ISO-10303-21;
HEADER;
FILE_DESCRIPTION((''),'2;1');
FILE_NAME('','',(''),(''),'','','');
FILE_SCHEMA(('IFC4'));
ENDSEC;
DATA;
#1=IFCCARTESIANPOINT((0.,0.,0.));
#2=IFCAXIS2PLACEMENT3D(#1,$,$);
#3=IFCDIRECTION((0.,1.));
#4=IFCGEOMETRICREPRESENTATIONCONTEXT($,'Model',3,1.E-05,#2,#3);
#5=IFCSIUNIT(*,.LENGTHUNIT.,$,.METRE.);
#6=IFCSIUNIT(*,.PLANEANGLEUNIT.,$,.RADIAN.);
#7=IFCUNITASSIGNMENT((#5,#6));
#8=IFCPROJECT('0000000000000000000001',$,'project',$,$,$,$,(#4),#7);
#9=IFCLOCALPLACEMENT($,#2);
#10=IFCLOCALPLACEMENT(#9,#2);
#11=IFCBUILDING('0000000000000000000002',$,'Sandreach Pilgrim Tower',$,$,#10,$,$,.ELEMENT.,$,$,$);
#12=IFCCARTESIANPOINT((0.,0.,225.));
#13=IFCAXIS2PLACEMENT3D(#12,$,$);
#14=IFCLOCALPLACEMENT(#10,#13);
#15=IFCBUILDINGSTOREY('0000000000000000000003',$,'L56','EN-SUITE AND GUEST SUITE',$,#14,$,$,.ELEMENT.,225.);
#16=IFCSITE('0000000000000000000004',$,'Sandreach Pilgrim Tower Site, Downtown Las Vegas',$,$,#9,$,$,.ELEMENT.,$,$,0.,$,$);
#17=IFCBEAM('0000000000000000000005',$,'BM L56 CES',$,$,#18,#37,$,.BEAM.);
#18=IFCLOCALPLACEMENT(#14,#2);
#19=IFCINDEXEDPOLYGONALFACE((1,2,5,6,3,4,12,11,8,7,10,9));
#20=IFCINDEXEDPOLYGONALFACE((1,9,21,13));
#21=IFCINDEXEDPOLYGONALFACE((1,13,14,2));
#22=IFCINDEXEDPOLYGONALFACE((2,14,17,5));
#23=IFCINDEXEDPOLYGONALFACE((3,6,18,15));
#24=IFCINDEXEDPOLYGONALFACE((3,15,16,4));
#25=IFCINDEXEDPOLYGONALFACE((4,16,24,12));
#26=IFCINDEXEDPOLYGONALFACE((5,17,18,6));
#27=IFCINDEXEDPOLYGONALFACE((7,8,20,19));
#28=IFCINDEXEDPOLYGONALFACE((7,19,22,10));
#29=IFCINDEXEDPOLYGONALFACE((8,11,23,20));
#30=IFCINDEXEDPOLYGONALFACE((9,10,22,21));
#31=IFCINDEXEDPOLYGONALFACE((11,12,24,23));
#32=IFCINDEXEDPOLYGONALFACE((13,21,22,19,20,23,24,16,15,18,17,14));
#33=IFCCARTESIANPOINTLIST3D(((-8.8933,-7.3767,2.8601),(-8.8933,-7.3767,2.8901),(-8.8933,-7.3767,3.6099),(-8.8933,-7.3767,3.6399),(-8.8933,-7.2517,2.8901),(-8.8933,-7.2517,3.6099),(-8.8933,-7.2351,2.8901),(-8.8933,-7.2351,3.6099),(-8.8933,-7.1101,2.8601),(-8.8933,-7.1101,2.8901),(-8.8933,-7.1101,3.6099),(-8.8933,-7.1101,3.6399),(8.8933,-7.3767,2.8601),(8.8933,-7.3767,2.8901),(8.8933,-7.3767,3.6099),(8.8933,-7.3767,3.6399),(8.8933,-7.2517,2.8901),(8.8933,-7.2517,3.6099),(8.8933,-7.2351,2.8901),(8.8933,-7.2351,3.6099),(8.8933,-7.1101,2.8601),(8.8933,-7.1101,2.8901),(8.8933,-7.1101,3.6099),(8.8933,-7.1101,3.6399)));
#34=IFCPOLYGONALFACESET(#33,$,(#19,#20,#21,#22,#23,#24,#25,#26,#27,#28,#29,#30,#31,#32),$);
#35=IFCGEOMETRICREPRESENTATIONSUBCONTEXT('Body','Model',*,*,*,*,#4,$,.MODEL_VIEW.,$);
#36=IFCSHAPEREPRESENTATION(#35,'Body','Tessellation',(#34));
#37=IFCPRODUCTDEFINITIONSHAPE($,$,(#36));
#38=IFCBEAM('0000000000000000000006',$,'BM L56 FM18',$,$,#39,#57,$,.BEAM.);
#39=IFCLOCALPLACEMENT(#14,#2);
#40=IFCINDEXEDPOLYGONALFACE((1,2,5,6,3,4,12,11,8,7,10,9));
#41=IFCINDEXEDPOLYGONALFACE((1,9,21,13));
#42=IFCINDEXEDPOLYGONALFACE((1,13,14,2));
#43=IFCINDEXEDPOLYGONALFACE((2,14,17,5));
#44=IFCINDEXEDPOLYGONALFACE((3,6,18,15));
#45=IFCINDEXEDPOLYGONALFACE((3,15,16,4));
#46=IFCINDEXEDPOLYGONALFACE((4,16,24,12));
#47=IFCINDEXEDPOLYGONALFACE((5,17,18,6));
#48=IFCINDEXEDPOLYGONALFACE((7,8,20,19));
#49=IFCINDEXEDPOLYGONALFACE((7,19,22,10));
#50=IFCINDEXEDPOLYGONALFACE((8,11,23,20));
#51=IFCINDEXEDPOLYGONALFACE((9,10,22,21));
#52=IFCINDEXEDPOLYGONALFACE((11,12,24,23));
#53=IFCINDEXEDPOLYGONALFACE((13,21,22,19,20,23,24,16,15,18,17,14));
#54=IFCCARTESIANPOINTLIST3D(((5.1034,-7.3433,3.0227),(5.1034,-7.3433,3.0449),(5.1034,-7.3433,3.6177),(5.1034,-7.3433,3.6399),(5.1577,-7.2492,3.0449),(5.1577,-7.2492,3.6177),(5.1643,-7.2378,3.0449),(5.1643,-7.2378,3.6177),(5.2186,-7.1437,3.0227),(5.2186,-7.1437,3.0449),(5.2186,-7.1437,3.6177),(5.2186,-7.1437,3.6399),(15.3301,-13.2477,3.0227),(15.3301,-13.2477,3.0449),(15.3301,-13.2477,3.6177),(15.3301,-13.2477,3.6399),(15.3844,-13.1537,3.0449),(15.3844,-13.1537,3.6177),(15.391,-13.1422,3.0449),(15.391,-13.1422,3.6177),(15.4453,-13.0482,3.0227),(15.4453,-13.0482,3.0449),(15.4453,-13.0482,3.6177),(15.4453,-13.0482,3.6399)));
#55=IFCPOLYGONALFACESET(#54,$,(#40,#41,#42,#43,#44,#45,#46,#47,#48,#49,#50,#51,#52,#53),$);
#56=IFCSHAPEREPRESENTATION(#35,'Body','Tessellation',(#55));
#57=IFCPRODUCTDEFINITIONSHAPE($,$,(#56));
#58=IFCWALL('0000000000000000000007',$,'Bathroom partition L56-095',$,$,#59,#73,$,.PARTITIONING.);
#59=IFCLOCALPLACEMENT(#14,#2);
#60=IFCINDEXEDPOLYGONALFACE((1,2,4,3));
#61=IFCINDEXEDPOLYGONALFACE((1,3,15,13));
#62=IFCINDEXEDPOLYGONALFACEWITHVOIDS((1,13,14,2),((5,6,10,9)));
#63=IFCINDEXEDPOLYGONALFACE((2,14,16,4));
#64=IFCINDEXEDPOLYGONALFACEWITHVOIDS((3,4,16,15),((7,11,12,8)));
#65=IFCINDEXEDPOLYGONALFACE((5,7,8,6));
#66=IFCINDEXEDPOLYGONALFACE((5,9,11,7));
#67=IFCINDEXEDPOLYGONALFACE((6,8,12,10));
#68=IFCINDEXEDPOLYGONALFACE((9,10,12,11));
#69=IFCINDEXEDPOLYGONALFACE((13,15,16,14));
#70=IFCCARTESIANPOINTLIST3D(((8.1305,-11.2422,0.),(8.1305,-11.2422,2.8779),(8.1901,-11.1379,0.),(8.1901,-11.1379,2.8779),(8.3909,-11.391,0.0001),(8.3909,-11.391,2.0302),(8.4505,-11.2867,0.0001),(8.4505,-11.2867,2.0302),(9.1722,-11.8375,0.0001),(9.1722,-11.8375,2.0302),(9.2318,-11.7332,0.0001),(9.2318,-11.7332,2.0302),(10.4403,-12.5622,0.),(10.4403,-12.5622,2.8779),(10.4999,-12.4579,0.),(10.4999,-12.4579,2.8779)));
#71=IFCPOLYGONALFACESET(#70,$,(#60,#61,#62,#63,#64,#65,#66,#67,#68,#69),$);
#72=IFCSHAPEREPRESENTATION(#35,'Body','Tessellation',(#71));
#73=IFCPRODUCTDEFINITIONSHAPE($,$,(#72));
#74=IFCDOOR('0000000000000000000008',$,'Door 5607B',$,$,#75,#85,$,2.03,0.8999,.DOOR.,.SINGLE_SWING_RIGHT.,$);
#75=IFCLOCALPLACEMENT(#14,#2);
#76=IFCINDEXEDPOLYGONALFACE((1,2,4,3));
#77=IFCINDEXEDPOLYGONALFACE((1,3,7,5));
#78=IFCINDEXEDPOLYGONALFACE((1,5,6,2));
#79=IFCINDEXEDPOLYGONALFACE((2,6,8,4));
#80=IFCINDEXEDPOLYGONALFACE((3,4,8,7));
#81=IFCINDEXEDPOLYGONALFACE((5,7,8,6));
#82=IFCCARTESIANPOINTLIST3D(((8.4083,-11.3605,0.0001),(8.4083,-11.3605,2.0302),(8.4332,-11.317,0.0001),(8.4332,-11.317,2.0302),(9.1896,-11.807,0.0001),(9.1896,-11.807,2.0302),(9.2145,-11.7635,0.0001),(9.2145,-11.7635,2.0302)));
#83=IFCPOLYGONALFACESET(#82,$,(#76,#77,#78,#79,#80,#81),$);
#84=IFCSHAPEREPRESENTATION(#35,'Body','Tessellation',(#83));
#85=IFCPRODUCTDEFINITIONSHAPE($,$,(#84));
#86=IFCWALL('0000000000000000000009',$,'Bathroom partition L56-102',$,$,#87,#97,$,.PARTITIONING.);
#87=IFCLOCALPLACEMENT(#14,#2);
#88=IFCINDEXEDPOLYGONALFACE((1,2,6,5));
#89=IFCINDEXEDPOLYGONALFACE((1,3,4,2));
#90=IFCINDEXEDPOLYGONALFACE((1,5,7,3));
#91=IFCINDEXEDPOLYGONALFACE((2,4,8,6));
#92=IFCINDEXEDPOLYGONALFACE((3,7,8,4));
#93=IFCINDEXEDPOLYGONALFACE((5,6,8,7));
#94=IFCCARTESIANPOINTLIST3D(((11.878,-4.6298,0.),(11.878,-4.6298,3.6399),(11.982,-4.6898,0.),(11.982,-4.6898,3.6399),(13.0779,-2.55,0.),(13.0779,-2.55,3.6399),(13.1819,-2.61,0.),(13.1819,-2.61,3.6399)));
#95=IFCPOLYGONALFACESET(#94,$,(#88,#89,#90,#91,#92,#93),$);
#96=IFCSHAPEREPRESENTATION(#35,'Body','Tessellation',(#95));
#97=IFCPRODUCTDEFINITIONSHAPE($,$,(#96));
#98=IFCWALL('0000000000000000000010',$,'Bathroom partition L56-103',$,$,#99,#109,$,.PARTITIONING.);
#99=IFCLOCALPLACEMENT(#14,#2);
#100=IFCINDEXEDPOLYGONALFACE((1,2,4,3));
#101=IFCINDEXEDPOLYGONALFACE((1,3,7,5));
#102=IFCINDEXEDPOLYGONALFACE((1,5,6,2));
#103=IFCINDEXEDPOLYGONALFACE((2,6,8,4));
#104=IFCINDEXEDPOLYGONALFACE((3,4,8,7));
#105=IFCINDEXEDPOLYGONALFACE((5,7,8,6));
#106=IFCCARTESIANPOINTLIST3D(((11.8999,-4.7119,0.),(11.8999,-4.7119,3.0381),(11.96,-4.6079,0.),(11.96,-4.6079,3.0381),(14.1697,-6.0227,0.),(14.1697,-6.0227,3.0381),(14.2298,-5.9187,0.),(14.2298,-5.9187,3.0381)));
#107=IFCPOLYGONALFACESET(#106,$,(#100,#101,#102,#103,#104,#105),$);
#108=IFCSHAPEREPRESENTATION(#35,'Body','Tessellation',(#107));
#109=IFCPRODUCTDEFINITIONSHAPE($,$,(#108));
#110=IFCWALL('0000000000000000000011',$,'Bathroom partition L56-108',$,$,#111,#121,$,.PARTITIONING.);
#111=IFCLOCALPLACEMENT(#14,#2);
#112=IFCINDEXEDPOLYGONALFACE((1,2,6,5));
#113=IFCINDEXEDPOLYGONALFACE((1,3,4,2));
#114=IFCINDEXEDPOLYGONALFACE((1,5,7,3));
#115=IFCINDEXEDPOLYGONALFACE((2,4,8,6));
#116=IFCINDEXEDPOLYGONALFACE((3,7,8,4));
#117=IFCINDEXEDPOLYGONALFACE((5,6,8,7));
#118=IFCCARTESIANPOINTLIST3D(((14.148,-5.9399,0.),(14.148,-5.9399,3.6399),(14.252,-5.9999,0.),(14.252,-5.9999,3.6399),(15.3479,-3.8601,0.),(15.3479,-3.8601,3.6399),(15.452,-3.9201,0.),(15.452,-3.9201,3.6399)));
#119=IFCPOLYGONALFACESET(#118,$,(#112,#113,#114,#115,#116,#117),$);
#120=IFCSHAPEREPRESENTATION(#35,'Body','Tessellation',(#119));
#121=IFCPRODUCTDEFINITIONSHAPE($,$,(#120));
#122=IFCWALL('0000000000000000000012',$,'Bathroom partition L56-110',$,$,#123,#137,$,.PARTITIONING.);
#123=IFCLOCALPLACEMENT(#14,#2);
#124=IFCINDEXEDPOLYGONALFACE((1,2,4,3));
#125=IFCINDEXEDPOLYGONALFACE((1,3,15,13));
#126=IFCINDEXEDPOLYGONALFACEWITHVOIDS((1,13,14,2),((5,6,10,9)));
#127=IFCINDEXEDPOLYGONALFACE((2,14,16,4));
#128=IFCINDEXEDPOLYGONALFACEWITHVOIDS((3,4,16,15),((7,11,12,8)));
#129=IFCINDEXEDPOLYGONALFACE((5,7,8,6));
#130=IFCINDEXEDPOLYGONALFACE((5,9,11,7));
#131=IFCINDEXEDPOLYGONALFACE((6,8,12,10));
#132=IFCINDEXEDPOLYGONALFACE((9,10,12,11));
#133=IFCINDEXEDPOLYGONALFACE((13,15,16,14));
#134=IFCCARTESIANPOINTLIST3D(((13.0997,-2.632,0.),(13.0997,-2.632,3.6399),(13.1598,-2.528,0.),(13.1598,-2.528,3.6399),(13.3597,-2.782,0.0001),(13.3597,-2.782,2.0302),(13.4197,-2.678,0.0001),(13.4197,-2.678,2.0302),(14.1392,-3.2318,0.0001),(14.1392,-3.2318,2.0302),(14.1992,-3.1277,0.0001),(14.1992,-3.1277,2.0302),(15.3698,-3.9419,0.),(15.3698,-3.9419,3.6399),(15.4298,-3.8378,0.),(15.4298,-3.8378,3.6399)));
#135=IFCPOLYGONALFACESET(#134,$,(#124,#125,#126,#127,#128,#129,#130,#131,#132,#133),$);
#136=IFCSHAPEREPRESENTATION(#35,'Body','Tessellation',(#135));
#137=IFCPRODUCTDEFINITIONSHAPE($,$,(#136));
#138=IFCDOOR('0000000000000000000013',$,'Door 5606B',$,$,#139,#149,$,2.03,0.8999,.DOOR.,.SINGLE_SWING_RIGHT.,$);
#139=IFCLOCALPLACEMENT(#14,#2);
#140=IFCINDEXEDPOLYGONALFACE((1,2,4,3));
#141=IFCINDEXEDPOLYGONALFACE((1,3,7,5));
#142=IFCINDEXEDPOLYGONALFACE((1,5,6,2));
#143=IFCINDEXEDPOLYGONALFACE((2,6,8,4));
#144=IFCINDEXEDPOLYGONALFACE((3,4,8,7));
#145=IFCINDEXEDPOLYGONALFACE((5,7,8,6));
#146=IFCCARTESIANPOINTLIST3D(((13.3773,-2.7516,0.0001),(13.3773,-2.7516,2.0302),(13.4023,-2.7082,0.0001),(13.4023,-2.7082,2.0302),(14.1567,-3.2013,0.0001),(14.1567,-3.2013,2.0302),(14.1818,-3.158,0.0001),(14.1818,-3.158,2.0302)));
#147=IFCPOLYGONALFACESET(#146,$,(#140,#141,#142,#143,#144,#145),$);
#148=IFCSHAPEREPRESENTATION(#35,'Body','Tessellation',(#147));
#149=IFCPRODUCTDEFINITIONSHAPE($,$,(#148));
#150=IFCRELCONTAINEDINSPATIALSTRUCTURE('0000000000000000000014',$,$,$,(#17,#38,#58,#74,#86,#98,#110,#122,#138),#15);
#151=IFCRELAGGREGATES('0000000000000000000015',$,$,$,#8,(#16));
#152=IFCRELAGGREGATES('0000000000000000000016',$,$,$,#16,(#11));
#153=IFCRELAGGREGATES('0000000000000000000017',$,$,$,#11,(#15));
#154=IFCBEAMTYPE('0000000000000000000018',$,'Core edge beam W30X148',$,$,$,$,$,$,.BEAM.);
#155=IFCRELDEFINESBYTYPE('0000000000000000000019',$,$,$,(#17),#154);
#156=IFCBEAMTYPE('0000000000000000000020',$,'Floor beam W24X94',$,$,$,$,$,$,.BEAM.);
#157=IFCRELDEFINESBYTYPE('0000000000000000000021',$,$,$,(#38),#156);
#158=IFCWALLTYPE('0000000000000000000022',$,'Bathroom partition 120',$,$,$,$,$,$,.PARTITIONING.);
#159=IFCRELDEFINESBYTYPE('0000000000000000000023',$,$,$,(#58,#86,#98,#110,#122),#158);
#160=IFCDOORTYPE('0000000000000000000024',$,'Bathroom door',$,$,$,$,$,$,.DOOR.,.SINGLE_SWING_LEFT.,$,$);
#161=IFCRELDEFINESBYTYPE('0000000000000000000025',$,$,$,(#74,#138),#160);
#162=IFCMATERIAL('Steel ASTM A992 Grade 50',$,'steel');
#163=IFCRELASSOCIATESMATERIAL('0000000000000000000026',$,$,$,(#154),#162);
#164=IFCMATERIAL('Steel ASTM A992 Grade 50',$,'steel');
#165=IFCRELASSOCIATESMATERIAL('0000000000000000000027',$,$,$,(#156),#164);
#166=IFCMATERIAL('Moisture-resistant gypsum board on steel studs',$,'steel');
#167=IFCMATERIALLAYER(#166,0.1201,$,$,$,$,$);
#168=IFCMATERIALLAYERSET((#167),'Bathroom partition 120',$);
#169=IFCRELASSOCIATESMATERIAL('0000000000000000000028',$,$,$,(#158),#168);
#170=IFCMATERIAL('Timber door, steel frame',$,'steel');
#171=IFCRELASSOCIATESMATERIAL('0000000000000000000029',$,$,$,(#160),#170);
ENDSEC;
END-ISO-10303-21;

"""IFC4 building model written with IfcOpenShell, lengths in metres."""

from ifc_helpers import new_model, si_unit, direction, frame, frame_2d, origin, origin_2d, place, context, subcontext, project, spatial, rectangle, i_section, extrude, material, layer, layer_set, material_profile, profile_set, type_object, element, fill, save


model = new_model("IFC4")

# Units and contexts
model_context = context("Model", 3, precision=1e-05, world=origin(), true_north=direction((0.0, 1.0)))
body_context = subcontext(model_context, "Body", "Model", "MODEL_VIEW")
ifc_project = project(units=[si_unit("LENGTHUNIT", "METRE"), si_unit("PLANEANGLEUNIT", "RADIAN")], contexts=[model_context])

# Site, building, storey
site_placement = place(None, origin())
site = spatial("IfcSite", under=ifc_project, at=site_placement, Name="Sandreach Pilgrim Tower Site, Downtown Las Vegas", CompositionType="ELEMENT", RefElevation=0.0)
building_placement = place(site_placement, origin())
building = spatial("IfcBuilding", under=site, at=building_placement, Name="Sandreach Pilgrim Tower", CompositionType="ELEMENT")
storey_placement = place(building_placement, frame((0.0, 0.0, 225.0)))
storey = spatial("IfcBuildingStorey", under=building, at=storey_placement, Name="L56", Description="EN-SUITE AND GUEST SUITE", CompositionType="ELEMENT", Elevation=225.0)

# Beams
ifc_material_1 = material(Name="Steel ASTM A992 Grade 50", Category="steel")
ifc_material_profile_1 = material_profile(ifc_material_1, i_section(OverallWidth=0.2666, OverallDepth=0.7798, WebThickness=0.0166, FlangeThickness=0.03, at=origin_2d()), Name="W30X148")
ifc_profile_set_1 = profile_set([ifc_material_profile_1], Name="Steel ASTM A992 Grade 50")
beam_type_1 = type_object("IfcBeamType", Name="Core edge beam W30X148", PredefinedType="BEAM", material=ifc_profile_set_1)
beam_1_placement = place(storey_placement, frame((8.8933, -7.2434, 3.25), z_axis=(-1.0, 0.0, 0.0), x_axis=(0.0, -1.0, 0.0)))
element("IfcBeam", 1, at=beam_1_placement, inside=storey, type_object=beam_type_1, Name="BM L56 CES", PredefinedType="BEAM", context=body_context, shape_type="SweptSolid", body=[
    extrude(i_section(OverallWidth=0.2666, OverallDepth=0.7798, WebThickness=0.0166, FlangeThickness=0.03, at=origin_2d()), origin(), (0.0, 0.0, 1.0), 17.7866),
])
ifc_material_2 = material(Name="Steel ASTM A992 Grade 50", Category="steel")
ifc_material_profile_2 = material_profile(ifc_material_2, i_section(OverallWidth=0.2305, OverallDepth=0.6172, WebThickness=0.0132, FlangeThickness=0.0222, at=origin_2d()), Name="W24X94")
ifc_profile_set_2 = profile_set([ifc_material_profile_2], Name="Steel ASTM A992 Grade 50")
beam_type_2 = type_object("IfcBeamType", Name="Floor beam W24X94", PredefinedType="BEAM", material=ifc_profile_set_2)
beam_2_placement = place(storey_placement, frame((15.3877, -13.1479, 3.3313), z_axis=(-0.866022, 0.500006, 0.0), x_axis=(-0.500006, -0.866022, 0.0)))
element("IfcBeam", 2, at=beam_2_placement, inside=storey, type_object=beam_type_2, Name="BM L56 FM18", PredefinedType="BEAM", context=body_context, shape_type="SweptSolid", body=[
    extrude(i_section(OverallWidth=0.2305, OverallDepth=0.6172, WebThickness=0.0132, FlangeThickness=0.0222, at=origin_2d()), origin(), (0.0, 0.0, 1.0), 11.8088),
])

# Wall, opening, door
ifc_material_3 = material(Name="Moisture-resistant gypsum board on steel studs", Category="steel")
ifc_layer_1 = layer(ifc_material_3, 0.1201)
ifc_layer_set_1 = layer_set([ifc_layer_1], Name="Bathroom partition 120")
wall_type_1 = type_object("IfcWallType", Name="Bathroom partition 120", PredefinedType="PARTITIONING", material=ifc_layer_set_1)
wall_1_placement = place(storey_placement, frame((10.47, -12.51, 0.0), z_axis=(0.0, 0.0, 1.0), x_axis=(-0.868215, 0.496188, 0.0)))
wall_1 = element("IfcWall", 3, at=wall_1_placement, inside=storey, type_object=wall_type_1, Name="Bathroom partition L56-095", PredefinedType="PARTITIONING", context=body_context, shape_type="SweptSolid", body=[
    extrude(rectangle(XDim=2.6604, YDim=0.1201, at=frame_2d((1.3301, 0.0))), origin(), (0.0, 0.0, 1.0), 2.8779),
])
opening_1_placement = place(wall_1_placement, frame((1.4604, 0.0, 0.0)))
opening_1 = element("IfcOpeningElement", 4, at=opening_1_placement, cuts=wall_1, PredefinedType="OPENING", context=body_context, shape_type="SweptSolid", body=[
    extrude(rectangle(XDim=0.8999, YDim=2.03, at=frame_2d((0.45, 1.0151))), frame((0.0, 0.0601, 0.0), z_axis=(0.0, -1.0, 0.0), x_axis=(1.0, 0.0, 0.0)), (0.0, 0.0, 1.0), 0.1201),
])
ifc_material_4 = material(Name="Timber door, steel frame", Category="steel")
door_type_1 = type_object("IfcDoorType", Name="Bathroom door", OperationType="SINGLE_SWING_LEFT", PredefinedType="DOOR", material=ifc_material_4)
door_1_placement = place(opening_1_placement, origin())
door_1 = element("IfcDoor", 5, at=door_1_placement, inside=storey, type_object=door_type_1, Name="Door 5607B", OperationType="SINGLE_SWING_RIGHT", OverallHeight=2.03, OverallWidth=0.8999, PredefinedType="DOOR", context=body_context, shape_type="SweptSolid", body=[
    extrude(rectangle(XDim=0.8999, YDim=2.03, at=frame_2d((0.45, 1.0151))), frame((0.0, 0.0249, 0.0), z_axis=(0.0, -1.0, 0.0), x_axis=(1.0, 0.0, 0.0)), (0.0, 0.0, 1.0), 0.05),
])
fill(opening_1, door_1)

# Walls
wall_2_placement = place(storey_placement, frame((11.9299, -4.6599, 0.0), z_axis=(0.0, 0.0, 1.0), x_axis=(0.499737, 0.866177, 0.0)))
element("IfcWall", 6, at=wall_2_placement, inside=storey, type_object=wall_type_1, Name="Bathroom partition L56-102", PredefinedType="PARTITIONING", context=body_context, shape_type="SweptSolid", body=[
    extrude(rectangle(XDim=2.4011, YDim=0.1201, at=frame_2d((1.2007, 0.0))), origin(), (0.0, 0.0, 1.0), 3.6399),
])
wall_3_placement = place(storey_placement, frame((11.9299, -4.6599, 0.0), z_axis=(0.0, 0.0, 1.0), x_axis=(0.86597, -0.500096, 0.0)))
element("IfcWall", 7, at=wall_3_placement, inside=storey, type_object=wall_type_1, Name="Bathroom partition L56-103", PredefinedType="PARTITIONING", context=body_context, shape_type="SweptSolid", body=[
    extrude(rectangle(XDim=2.6211, YDim=0.1201, at=frame_2d((1.3105, 0.0))), origin(), (0.0, 0.0, 1.0), 3.0381),
])
wall_4_placement = place(storey_placement, frame((14.2, -5.97, 0.0), z_axis=(0.0, 0.0, 1.0), x_axis=(0.499737, 0.866177, 0.0)))
element("IfcWall", 8, at=wall_4_placement, inside=storey, type_object=wall_type_1, Name="Bathroom partition L56-108", PredefinedType="PARTITIONING", context=body_context, shape_type="SweptSolid", body=[
    extrude(rectangle(XDim=2.4011, YDim=0.1201, at=frame_2d((1.2007, 0.0))), origin(), (0.0, 0.0, 1.0), 3.6399),
])

# Wall, opening, door
wall_5_placement = place(storey_placement, frame((15.3999, -3.8899, 0.0), z_axis=(0.0, 0.0, 1.0), x_axis=(-0.866155, 0.499776, 0.0)))
wall_5 = element("IfcWall", 9, at=wall_5_placement, inside=storey, type_object=wall_type_1, Name="Bathroom partition L56-110", PredefinedType="PARTITIONING", context=body_context, shape_type="SweptSolid", body=[
    extrude(rectangle(XDim=2.6208, YDim=0.1201, at=frame_2d((1.3105, 0.0))), origin(), (0.0, 0.0, 1.0), 3.6399),
])
opening_2_placement = place(wall_5_placement, frame((1.4209, 0.0, 0.0)))
opening_2 = element("IfcOpeningElement", 10, at=opening_2_placement, cuts=wall_5, PredefinedType="OPENING", context=body_context, shape_type="SweptSolid", body=[
    extrude(rectangle(XDim=0.8999, YDim=2.03, at=frame_2d((0.45, 1.0151))), frame((0.0, 0.0601, 0.0), z_axis=(0.0, -1.0, 0.0), x_axis=(1.0, 0.0, 0.0)), (0.0, 0.0, 1.0), 0.1201),
])
door_2_placement = place(opening_2_placement, origin())
door_2 = element("IfcDoor", 11, at=door_2_placement, inside=storey, type_object=door_type_1, Name="Door 5606B", OperationType="SINGLE_SWING_RIGHT", OverallHeight=2.03, OverallWidth=0.8999, PredefinedType="DOOR", context=body_context, shape_type="SweptSolid", body=[
    extrude(rectangle(XDim=0.8999, YDim=2.03, at=frame_2d((0.45, 1.0151))), frame((0.0, 0.0249, 0.0), z_axis=(0.0, -1.0, 0.0), x_axis=(1.0, 0.0, 0.0)), (0.0, 0.0, 1.0), 0.05),
])
fill(opening_2, door_2)

save(model, "model.ifc")
